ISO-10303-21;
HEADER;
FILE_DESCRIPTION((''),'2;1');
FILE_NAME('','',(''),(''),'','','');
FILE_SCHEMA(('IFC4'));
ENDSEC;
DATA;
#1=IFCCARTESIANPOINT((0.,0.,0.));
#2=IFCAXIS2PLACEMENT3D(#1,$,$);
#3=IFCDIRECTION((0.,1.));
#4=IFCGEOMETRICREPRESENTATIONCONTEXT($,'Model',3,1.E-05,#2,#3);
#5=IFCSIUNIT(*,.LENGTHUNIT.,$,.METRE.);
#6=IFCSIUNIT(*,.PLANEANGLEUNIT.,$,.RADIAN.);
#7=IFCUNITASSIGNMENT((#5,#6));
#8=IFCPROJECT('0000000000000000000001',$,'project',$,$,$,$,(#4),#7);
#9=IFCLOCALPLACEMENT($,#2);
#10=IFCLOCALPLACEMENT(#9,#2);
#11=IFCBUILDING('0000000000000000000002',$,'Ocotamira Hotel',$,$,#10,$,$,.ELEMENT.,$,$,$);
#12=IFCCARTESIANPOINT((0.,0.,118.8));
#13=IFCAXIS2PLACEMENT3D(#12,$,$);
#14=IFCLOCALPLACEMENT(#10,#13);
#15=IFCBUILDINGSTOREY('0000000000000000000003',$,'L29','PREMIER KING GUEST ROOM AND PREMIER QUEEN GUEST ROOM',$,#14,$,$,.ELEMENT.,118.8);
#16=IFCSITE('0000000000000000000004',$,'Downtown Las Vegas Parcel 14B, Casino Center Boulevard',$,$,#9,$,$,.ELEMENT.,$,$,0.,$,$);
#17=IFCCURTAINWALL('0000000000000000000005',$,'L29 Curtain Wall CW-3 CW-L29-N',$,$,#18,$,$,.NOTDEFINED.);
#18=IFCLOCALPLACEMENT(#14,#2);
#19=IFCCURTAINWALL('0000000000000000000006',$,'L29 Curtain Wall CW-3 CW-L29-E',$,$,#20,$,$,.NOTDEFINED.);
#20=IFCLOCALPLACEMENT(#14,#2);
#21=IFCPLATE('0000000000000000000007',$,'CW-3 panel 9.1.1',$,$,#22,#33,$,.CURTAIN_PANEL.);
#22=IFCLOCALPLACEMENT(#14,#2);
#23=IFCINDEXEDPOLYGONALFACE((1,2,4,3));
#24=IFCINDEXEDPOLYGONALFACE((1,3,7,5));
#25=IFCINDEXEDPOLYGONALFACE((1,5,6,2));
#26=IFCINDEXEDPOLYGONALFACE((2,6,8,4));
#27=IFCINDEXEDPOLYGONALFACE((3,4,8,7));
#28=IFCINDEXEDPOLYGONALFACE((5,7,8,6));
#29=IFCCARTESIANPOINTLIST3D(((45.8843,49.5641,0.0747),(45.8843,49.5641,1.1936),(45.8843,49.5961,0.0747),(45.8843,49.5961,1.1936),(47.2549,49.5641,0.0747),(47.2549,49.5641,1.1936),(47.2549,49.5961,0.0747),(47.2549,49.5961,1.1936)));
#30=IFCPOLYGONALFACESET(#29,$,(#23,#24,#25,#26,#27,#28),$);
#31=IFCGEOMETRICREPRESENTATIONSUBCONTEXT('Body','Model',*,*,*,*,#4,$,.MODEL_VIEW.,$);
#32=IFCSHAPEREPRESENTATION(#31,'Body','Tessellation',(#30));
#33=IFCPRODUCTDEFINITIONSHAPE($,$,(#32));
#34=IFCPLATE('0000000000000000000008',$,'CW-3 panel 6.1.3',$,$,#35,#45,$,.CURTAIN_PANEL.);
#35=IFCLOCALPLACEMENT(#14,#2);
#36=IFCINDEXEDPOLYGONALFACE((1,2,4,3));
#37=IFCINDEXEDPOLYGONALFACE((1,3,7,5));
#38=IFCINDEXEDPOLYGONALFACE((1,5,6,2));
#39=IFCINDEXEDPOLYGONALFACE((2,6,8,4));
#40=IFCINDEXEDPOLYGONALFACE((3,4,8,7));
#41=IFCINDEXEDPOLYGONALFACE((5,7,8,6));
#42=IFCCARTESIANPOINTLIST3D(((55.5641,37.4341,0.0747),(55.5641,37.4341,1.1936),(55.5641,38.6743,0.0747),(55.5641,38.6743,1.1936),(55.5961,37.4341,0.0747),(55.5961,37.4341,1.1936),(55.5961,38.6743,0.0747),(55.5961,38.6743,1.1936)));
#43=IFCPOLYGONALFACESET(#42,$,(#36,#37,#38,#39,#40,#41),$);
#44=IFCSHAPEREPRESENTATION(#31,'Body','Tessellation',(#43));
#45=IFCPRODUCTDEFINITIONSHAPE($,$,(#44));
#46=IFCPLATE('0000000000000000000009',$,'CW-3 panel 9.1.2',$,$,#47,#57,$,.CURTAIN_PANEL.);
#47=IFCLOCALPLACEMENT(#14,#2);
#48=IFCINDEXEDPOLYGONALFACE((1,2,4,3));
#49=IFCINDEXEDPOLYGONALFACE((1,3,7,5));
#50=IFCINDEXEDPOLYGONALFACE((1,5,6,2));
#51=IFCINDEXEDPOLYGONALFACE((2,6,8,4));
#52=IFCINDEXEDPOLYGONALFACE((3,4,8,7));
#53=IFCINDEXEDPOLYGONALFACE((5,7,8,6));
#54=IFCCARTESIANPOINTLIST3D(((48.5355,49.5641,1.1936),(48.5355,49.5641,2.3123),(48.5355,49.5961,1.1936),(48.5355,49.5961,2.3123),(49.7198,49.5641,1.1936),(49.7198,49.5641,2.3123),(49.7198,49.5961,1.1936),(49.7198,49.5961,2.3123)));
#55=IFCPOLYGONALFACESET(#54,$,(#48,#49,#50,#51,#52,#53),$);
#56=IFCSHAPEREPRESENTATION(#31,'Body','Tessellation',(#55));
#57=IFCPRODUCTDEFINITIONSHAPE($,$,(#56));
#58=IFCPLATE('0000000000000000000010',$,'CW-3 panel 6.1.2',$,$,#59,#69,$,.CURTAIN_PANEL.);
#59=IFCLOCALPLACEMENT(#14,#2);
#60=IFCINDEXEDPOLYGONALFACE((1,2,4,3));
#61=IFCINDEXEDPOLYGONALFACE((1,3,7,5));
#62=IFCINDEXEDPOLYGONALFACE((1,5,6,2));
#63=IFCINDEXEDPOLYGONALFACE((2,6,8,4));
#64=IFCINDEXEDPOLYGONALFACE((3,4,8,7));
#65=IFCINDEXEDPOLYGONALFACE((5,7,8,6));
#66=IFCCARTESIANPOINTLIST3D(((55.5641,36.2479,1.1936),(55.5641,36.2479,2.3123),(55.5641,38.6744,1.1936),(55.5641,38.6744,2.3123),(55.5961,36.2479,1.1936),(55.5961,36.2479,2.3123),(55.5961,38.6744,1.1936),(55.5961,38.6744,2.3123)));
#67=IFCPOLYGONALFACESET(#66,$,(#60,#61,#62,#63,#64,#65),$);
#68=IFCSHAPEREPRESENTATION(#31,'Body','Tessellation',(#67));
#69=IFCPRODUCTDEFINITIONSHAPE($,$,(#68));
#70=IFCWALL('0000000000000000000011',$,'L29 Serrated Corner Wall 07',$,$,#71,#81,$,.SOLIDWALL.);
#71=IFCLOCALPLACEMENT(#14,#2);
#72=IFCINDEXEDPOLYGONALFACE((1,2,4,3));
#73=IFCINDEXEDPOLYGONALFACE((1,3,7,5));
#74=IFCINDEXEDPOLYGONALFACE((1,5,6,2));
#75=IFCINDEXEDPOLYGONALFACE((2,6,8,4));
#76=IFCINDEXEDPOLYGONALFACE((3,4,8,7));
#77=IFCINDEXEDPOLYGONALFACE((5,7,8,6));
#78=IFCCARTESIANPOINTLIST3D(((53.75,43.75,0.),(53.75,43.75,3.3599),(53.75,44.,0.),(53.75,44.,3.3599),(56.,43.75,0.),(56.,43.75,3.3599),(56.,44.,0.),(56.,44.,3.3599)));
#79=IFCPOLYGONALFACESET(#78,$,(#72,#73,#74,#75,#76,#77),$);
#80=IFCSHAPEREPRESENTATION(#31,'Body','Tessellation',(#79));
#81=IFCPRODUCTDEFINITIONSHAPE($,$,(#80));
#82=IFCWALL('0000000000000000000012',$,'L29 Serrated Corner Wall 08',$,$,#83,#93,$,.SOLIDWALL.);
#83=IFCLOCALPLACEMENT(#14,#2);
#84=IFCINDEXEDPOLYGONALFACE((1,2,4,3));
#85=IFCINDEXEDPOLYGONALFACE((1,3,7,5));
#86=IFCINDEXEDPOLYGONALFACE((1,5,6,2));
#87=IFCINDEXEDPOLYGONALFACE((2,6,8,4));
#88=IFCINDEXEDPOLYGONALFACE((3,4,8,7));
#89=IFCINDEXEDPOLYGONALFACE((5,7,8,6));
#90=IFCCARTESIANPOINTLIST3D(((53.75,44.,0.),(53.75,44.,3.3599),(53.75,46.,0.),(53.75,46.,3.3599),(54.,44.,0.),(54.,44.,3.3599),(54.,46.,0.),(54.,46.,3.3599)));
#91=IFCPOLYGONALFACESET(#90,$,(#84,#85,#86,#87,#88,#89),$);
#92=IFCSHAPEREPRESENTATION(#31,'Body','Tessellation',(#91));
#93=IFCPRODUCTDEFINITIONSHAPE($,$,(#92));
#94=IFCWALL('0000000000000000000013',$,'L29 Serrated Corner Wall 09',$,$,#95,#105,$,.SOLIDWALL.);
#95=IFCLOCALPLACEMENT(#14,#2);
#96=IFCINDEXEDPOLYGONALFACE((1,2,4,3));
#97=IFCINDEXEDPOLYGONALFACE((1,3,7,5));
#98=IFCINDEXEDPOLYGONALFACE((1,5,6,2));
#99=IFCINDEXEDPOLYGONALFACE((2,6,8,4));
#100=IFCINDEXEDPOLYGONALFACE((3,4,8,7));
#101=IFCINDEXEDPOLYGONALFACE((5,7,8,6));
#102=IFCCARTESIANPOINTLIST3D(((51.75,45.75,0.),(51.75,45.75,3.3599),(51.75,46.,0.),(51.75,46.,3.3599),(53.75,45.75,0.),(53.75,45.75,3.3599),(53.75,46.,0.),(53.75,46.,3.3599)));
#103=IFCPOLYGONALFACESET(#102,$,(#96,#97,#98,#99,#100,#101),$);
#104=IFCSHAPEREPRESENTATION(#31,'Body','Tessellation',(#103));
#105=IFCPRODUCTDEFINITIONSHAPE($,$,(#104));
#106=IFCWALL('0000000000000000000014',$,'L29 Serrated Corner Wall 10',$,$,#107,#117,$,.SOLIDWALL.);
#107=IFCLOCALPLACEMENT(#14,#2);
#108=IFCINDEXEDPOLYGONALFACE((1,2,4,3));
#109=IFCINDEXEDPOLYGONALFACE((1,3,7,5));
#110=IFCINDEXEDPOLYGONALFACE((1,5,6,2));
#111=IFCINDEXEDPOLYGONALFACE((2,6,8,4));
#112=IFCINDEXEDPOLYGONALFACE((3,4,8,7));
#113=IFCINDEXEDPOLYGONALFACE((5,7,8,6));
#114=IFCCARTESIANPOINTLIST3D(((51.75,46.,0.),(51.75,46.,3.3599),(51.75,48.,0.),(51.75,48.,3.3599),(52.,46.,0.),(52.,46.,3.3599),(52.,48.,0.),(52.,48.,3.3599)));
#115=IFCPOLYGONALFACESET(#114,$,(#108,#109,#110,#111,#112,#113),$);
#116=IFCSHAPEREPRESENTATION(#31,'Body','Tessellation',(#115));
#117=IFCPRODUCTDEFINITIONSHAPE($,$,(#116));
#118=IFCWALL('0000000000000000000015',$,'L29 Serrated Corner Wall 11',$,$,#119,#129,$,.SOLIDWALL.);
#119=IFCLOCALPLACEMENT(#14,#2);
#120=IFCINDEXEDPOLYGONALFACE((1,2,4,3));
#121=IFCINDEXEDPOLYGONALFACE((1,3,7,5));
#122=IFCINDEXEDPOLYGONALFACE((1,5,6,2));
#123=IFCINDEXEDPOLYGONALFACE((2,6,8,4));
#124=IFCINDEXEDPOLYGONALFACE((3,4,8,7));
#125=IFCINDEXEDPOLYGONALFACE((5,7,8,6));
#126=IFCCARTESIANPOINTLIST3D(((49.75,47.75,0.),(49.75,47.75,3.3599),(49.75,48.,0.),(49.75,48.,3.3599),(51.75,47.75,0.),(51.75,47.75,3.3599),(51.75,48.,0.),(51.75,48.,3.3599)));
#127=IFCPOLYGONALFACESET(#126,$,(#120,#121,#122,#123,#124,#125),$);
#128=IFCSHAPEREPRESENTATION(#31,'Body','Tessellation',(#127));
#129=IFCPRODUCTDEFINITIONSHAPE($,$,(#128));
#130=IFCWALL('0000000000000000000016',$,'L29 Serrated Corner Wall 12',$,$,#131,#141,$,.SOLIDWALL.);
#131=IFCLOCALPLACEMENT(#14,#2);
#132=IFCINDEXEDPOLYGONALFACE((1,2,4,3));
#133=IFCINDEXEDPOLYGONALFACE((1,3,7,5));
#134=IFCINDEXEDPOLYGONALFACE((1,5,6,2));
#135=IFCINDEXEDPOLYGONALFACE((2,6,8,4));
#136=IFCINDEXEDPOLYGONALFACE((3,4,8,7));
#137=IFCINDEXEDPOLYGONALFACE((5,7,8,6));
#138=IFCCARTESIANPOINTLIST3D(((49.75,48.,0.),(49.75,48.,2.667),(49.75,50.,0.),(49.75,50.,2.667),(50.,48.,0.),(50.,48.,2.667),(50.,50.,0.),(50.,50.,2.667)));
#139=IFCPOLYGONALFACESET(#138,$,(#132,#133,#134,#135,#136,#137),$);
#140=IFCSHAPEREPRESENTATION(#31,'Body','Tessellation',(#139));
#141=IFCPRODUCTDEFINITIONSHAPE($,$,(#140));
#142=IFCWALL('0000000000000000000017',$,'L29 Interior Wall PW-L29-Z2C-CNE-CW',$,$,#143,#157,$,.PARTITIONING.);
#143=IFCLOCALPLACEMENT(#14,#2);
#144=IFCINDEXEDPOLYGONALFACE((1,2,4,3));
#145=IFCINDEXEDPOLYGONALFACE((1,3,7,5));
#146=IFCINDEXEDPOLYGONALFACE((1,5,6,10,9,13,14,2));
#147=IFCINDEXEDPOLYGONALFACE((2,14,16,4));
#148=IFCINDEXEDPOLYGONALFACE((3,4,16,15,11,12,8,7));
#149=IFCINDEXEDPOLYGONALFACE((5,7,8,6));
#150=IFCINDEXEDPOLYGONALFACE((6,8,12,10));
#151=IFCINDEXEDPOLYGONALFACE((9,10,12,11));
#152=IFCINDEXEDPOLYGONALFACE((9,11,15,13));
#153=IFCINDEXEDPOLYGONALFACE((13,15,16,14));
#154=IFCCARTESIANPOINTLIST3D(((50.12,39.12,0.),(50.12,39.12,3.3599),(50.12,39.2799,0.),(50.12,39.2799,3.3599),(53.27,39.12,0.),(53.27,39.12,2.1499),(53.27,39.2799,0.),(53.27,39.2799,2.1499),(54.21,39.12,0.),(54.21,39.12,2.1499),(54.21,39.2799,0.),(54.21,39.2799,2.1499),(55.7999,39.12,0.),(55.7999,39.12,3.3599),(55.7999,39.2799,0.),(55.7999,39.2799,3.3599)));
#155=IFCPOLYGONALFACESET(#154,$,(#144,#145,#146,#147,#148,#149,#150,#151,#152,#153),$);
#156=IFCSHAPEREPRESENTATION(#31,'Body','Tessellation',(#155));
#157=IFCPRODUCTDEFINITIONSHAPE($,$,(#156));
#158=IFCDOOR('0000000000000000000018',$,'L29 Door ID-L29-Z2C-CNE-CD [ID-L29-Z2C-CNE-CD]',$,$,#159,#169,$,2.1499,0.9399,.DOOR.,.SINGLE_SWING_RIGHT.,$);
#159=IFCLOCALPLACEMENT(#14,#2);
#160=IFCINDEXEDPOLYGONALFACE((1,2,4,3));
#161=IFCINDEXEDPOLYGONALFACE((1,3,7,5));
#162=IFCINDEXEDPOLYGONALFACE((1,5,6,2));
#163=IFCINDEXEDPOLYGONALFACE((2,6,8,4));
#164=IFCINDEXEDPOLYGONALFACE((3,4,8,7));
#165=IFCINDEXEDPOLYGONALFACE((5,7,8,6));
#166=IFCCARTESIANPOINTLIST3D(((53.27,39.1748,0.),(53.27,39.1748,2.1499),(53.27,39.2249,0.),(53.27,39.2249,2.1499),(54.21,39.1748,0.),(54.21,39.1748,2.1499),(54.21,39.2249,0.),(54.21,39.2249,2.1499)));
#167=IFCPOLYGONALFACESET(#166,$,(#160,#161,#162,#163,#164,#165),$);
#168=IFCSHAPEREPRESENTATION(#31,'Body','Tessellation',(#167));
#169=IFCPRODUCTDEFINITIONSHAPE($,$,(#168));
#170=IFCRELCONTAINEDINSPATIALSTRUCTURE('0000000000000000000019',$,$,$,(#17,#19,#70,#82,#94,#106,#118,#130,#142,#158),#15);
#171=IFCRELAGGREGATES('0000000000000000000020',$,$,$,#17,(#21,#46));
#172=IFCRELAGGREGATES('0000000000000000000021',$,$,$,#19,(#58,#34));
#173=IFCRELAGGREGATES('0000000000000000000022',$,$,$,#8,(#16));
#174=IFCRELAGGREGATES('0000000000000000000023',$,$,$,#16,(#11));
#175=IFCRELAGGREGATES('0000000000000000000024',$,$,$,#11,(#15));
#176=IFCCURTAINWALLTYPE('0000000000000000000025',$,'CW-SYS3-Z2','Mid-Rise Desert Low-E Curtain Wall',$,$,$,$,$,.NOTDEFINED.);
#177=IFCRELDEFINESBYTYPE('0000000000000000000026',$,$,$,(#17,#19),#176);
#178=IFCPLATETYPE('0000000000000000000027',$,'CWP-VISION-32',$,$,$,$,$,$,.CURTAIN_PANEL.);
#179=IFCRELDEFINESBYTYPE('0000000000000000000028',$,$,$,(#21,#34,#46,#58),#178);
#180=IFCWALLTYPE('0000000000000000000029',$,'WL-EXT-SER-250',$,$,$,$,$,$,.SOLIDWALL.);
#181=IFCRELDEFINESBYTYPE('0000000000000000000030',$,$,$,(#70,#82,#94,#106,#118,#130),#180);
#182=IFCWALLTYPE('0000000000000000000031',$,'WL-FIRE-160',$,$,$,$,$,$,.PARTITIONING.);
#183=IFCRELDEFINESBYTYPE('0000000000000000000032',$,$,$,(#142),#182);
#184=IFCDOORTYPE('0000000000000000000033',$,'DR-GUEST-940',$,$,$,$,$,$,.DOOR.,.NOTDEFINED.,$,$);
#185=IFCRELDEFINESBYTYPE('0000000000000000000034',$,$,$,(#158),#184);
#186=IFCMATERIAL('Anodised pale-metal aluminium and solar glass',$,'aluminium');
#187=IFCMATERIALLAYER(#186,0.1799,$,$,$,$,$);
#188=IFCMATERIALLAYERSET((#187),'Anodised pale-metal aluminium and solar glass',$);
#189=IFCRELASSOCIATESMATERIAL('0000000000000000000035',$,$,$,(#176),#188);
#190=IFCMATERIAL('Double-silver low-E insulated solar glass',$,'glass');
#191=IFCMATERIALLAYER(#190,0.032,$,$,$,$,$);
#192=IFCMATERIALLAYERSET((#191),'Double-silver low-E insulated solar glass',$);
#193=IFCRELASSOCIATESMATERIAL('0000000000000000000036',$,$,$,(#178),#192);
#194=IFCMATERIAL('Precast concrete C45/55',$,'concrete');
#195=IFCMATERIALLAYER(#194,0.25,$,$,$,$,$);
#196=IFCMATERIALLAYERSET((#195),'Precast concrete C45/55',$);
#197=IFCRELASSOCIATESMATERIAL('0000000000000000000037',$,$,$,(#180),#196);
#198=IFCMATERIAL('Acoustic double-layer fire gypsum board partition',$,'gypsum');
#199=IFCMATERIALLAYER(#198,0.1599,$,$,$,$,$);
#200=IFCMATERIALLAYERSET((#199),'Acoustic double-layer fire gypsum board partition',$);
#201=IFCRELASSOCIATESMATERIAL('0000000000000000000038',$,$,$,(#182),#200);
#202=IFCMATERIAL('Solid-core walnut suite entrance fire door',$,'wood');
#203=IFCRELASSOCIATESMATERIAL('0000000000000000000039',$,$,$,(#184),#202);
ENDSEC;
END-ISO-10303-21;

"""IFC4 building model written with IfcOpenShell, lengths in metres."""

from ifc_helpers import new_model, si_unit, direction, frame, frame_2d, origin, origin_2d, place, context, subcontext, project, spatial, rectangle, extrude, source, transform, mapped, material, layer, layer_set, type_object, element, fill, aggregate, save


model = new_model("IFC4")

# Units and contexts
model_context = context("Model", 3, precision=1e-05, world=origin(), true_north=direction((0.0, 1.0)))
body_context = subcontext(model_context, "Body", "Model", "MODEL_VIEW")
ifc_project = project(units=[si_unit("LENGTHUNIT", "METRE"), si_unit("PLANEANGLEUNIT", "RADIAN")], contexts=[model_context])

# Site, building, storey
site_placement = place(None, origin())
site = spatial("IfcSite", under=ifc_project, at=site_placement, Name="Downtown Las Vegas Parcel 14B, Casino Center Boulevard", CompositionType="ELEMENT", RefElevation=0.0)
building_placement = place(site_placement, origin())
building = spatial("IfcBuilding", under=site, at=building_placement, Name="Ocotamira Hotel", CompositionType="ELEMENT")
storey_placement = place(building_placement, frame((0.0, 0.0, 118.8)))
storey = spatial("IfcBuildingStorey", under=building, at=storey_placement, Name="L29", Description="PREMIER KING GUEST ROOM AND PREMIER QUEEN GUEST ROOM", CompositionType="ELEMENT", Elevation=118.8)

# Curtain walls
ifc_material_1 = material(Name="Anodised pale-metal aluminium and solar glass", Category="aluminium")
ifc_layer_1 = layer(ifc_material_1, 0.1799)
ifc_layer_set_1 = layer_set([ifc_layer_1], Name="Anodised pale-metal aluminium and solar glass")
curtain_wall_type = type_object("IfcCurtainWallType", Name="CW-SYS3-Z2", Description="Mid-Rise Desert Low-E Curtain Wall", PredefinedType="NOTDEFINED", material=ifc_layer_set_1)
curtain_wall_1_placement = place(storey_placement, origin())
curtain_wall_1 = element("IfcCurtainWall", 1, at=curtain_wall_1_placement, inside=storey, type_object=curtain_wall_type, Name="L29 Curtain Wall CW-3 CW-L29-N", PredefinedType="NOTDEFINED")
curtain_wall_2_placement = place(storey_placement, origin())
curtain_wall_2 = element("IfcCurtainWall", 2, at=curtain_wall_2_placement, inside=storey, type_object=curtain_wall_type, Name="L29 Curtain Wall CW-3 CW-L29-E", PredefinedType="NOTDEFINED")

# Plates
ifc_material_2 = material(Name="Double-silver low-E insulated solar glass", Category="glass")
ifc_layer_2 = layer(ifc_material_2, 0.032)
ifc_layer_set_2 = layer_set([ifc_layer_2], Name="Double-silver low-E insulated solar glass")
plate_type = type_object("IfcPlateType", Name="CWP-VISION-32", PredefinedType="CURTAIN_PANEL", material=ifc_layer_set_2)
shared_shape_1 = source(origin(), body_context, "Body", "SweptSolid", [
    extrude(rectangle(XDim=1.3706, YDim=0.032, at=origin_2d()), origin(), (0.0, 0.0, 1.0), 1.1189),
])
plate_1_placement = place(storey_placement, frame((46.5696, 49.5801, 0.0747), z_axis=(0.0, 0.0, 1.0), x_axis=(1.0, 0.0, 0.0)))
plate_1 = element("IfcPlate", 3, at=plate_1_placement, type_object=plate_type, Name="CW-3 panel 9.1.1", PredefinedType="CURTAIN_PANEL", context=body_context, shape_type="MappedRepresentation", body=[
    mapped(shared_shape_1, transform((0.0, 0.0, 0.0), scale=1.0)),
])
shared_shape_2 = source(origin(), body_context, "Body", "SweptSolid", [
    extrude(rectangle(XDim=1.2402, YDim=0.032, at=origin_2d()), origin(), (0.0, 0.0, 1.0), 1.1189),
])
plate_2_placement = place(storey_placement, frame((55.5801, 38.0542, 0.0747), z_axis=(0.0, 0.0, 1.0), x_axis=(0.0, 1.0, 0.0)))
plate_2 = element("IfcPlate", 4, at=plate_2_placement, type_object=plate_type, Name="CW-3 panel 6.1.3", PredefinedType="CURTAIN_PANEL", context=body_context, shape_type="MappedRepresentation", body=[
    mapped(shared_shape_2, transform((0.0, 0.0, 0.0), scale=1.0)),
])
shared_shape_3 = source(origin(), body_context, "Body", "SweptSolid", [
    extrude(rectangle(XDim=1.1843, YDim=0.032, at=origin_2d()), origin(), (0.0, 0.0, 1.0), 1.1187),
])
plate_3_placement = place(storey_placement, frame((49.1277, 49.5801, 1.1936), z_axis=(0.0, 0.0, 1.0), x_axis=(1.0, 0.0, 0.0)))
plate_3 = element("IfcPlate", 5, at=plate_3_placement, type_object=plate_type, Name="CW-3 panel 9.1.2", PredefinedType="CURTAIN_PANEL", context=body_context, shape_type="MappedRepresentation", body=[
    mapped(shared_shape_3, transform((0.0, 0.0, 0.0), scale=1.0)),
])
aggregate(curtain_wall_1, [plate_1, plate_3])
shared_shape_4 = source(origin(), body_context, "Body", "SweptSolid", [
    extrude(rectangle(XDim=2.4265, YDim=0.032, at=origin_2d()), origin(), (0.0, 0.0, 1.0), 1.1187),
])
plate_4_placement = place(storey_placement, frame((55.5801, 37.4612, 1.1936), z_axis=(0.0, 0.0, 1.0), x_axis=(0.0, 1.0, 0.0)))
plate_4 = element("IfcPlate", 6, at=plate_4_placement, type_object=plate_type, Name="CW-3 panel 6.1.2", PredefinedType="CURTAIN_PANEL", context=body_context, shape_type="MappedRepresentation", body=[
    mapped(shared_shape_4, transform((0.0, 0.0, 0.0), scale=1.0)),
])
aggregate(curtain_wall_2, [plate_4, plate_2])

# Walls
ifc_material_3 = material(Name="Precast concrete C45/55", Category="concrete")
ifc_layer_3 = layer(ifc_material_3, 0.25)
ifc_layer_set_3 = layer_set([ifc_layer_3], Name="Precast concrete C45/55")
wall_type_1 = type_object("IfcWallType", Name="WL-EXT-SER-250", PredefinedType="SOLIDWALL", material=ifc_layer_set_3)
wall_1_placement = place(storey_placement, frame((56.0, 43.875, 0.0), z_axis=(0.0, 0.0, 1.0), x_axis=(-1.0, 0.0, 0.0)))
element("IfcWall", 7, at=wall_1_placement, inside=storey, type_object=wall_type_1, Name="L29 Serrated Corner Wall 07", PredefinedType="SOLIDWALL", context=body_context, shape_type="SweptSolid", body=[
    extrude(rectangle(XDim=2.25, YDim=0.25, at=frame_2d((1.125, 0.0))), origin(), (0.0, 0.0, 1.0), 3.3599),
])
for number, where, z_axis, x_axis, name in (
    (8, (53.875, 44.0, 0.0), (0.0, 0.0, 1.0), (0.0, 1.0, 0.0), "L29 Serrated Corner Wall 08"),
    (9, (53.75, 45.875, 0.0), (0.0, 0.0, 1.0), (-1.0, 0.0, 0.0), "L29 Serrated Corner Wall 09"),
    (10, (51.875, 46.0, 0.0), (0.0, 0.0, 1.0), (0.0, 1.0, 0.0), "L29 Serrated Corner Wall 10"),
    (11, (51.75, 47.875, 0.0), (0.0, 0.0, 1.0), (-1.0, 0.0, 0.0), "L29 Serrated Corner Wall 11"),
):
    element("IfcWall", number, at=place(storey_placement, frame(where, z_axis=z_axis, x_axis=x_axis)), inside=storey, type_object=wall_type_1, Name=name, PredefinedType="SOLIDWALL", context=body_context, shape_type="SweptSolid", body=[
        extrude(rectangle(XDim=2.0, YDim=0.25, at=frame_2d((1.0, 0.0))), origin(), (0.0, 0.0, 1.0), 3.3599),
    ])
wall_2_placement = place(storey_placement, frame((49.875, 48.0, 0.0), z_axis=(0.0, 0.0, 1.0), x_axis=(0.0, 1.0, 0.0)))
element("IfcWall", 12, at=wall_2_placement, inside=storey, type_object=wall_type_1, Name="L29 Serrated Corner Wall 12", PredefinedType="SOLIDWALL", context=body_context, shape_type="SweptSolid", body=[
    extrude(rectangle(XDim=2.0, YDim=0.25, at=frame_2d((1.0, 0.0))), origin(), (0.0, 0.0, 1.0), 2.667),
])

# Wall, opening, door
ifc_material_4 = material(Name="Acoustic double-layer fire gypsum board partition", Category="gypsum")
ifc_layer_4 = layer(ifc_material_4, 0.1599)
ifc_layer_set_4 = layer_set([ifc_layer_4], Name="Acoustic double-layer fire gypsum board partition")
wall_type_2 = type_object("IfcWallType", Name="WL-FIRE-160", PredefinedType="PARTITIONING", material=ifc_layer_set_4)
wall_3_placement = place(storey_placement, frame((50.1201, 39.2, 0.0), z_axis=(0.0, 0.0, 1.0), x_axis=(1.0, 0.0, 0.0)))
wall_3 = element("IfcWall", 13, at=wall_3_placement, inside=storey, type_object=wall_type_2, Name="L29 Interior Wall PW-L29-Z2C-CNE-CW", PredefinedType="PARTITIONING", context=body_context, shape_type="SweptSolid", body=[
    extrude(rectangle(XDim=5.6799, YDim=0.1599, at=frame_2d((2.8398, 0.0))), origin(), (0.0, 0.0, 1.0), 3.3599),
])
opening_1_placement = place(wall_3_placement, frame((3.1499, 0.0, 0.0)))
opening_1 = element("IfcOpeningElement", 14, at=opening_1_placement, cuts=wall_3, PredefinedType="OPENING", context=body_context, shape_type="SweptSolid", body=[
    extrude(rectangle(XDim=0.9399, YDim=2.1499, at=frame_2d((0.47, 1.075))), frame((0.0, 0.0898, 0.0), z_axis=(0.0, -1.0, 0.0), x_axis=(1.0, 0.0, 0.0)), (0.0, 0.0, 1.0), 0.1799),
])
ifc_material_5 = material(Name="Solid-core walnut suite entrance fire door", Category="wood")
door_type_1 = type_object("IfcDoorType", Name="DR-GUEST-940", OperationType="NOTDEFINED", PredefinedType="DOOR", material=ifc_material_5)
shared_shape_5 = source(origin(), body_context, "Body", "SweptSolid", [
    extrude(rectangle(XDim=0.9399, YDim=2.1499, at=frame_2d((0.47, 1.075))), frame((0.0, 0.0249, 0.0), z_axis=(0.0, -1.0, 0.0), x_axis=(1.0, 0.0, 0.0)), (0.0, 0.0, 1.0), 0.05),
])
door_1_placement = place(opening_1_placement, origin())
door_1 = element("IfcDoor", 15, at=door_1_placement, inside=storey, type_object=door_type_1, Name="L29 Door ID-L29-Z2C-CNE-CD [ID-L29-Z2C-CNE-CD]", OperationType="SINGLE_SWING_RIGHT", OverallHeight=2.1499, OverallWidth=0.9399, PredefinedType="DOOR", context=body_context, shape_type="MappedRepresentation", body=[
    mapped(shared_shape_5, transform((0.0, 0.0, 0.0), scale=1.0)),
])
fill(opening_1, door_1)

save(model, "model.ifc")
